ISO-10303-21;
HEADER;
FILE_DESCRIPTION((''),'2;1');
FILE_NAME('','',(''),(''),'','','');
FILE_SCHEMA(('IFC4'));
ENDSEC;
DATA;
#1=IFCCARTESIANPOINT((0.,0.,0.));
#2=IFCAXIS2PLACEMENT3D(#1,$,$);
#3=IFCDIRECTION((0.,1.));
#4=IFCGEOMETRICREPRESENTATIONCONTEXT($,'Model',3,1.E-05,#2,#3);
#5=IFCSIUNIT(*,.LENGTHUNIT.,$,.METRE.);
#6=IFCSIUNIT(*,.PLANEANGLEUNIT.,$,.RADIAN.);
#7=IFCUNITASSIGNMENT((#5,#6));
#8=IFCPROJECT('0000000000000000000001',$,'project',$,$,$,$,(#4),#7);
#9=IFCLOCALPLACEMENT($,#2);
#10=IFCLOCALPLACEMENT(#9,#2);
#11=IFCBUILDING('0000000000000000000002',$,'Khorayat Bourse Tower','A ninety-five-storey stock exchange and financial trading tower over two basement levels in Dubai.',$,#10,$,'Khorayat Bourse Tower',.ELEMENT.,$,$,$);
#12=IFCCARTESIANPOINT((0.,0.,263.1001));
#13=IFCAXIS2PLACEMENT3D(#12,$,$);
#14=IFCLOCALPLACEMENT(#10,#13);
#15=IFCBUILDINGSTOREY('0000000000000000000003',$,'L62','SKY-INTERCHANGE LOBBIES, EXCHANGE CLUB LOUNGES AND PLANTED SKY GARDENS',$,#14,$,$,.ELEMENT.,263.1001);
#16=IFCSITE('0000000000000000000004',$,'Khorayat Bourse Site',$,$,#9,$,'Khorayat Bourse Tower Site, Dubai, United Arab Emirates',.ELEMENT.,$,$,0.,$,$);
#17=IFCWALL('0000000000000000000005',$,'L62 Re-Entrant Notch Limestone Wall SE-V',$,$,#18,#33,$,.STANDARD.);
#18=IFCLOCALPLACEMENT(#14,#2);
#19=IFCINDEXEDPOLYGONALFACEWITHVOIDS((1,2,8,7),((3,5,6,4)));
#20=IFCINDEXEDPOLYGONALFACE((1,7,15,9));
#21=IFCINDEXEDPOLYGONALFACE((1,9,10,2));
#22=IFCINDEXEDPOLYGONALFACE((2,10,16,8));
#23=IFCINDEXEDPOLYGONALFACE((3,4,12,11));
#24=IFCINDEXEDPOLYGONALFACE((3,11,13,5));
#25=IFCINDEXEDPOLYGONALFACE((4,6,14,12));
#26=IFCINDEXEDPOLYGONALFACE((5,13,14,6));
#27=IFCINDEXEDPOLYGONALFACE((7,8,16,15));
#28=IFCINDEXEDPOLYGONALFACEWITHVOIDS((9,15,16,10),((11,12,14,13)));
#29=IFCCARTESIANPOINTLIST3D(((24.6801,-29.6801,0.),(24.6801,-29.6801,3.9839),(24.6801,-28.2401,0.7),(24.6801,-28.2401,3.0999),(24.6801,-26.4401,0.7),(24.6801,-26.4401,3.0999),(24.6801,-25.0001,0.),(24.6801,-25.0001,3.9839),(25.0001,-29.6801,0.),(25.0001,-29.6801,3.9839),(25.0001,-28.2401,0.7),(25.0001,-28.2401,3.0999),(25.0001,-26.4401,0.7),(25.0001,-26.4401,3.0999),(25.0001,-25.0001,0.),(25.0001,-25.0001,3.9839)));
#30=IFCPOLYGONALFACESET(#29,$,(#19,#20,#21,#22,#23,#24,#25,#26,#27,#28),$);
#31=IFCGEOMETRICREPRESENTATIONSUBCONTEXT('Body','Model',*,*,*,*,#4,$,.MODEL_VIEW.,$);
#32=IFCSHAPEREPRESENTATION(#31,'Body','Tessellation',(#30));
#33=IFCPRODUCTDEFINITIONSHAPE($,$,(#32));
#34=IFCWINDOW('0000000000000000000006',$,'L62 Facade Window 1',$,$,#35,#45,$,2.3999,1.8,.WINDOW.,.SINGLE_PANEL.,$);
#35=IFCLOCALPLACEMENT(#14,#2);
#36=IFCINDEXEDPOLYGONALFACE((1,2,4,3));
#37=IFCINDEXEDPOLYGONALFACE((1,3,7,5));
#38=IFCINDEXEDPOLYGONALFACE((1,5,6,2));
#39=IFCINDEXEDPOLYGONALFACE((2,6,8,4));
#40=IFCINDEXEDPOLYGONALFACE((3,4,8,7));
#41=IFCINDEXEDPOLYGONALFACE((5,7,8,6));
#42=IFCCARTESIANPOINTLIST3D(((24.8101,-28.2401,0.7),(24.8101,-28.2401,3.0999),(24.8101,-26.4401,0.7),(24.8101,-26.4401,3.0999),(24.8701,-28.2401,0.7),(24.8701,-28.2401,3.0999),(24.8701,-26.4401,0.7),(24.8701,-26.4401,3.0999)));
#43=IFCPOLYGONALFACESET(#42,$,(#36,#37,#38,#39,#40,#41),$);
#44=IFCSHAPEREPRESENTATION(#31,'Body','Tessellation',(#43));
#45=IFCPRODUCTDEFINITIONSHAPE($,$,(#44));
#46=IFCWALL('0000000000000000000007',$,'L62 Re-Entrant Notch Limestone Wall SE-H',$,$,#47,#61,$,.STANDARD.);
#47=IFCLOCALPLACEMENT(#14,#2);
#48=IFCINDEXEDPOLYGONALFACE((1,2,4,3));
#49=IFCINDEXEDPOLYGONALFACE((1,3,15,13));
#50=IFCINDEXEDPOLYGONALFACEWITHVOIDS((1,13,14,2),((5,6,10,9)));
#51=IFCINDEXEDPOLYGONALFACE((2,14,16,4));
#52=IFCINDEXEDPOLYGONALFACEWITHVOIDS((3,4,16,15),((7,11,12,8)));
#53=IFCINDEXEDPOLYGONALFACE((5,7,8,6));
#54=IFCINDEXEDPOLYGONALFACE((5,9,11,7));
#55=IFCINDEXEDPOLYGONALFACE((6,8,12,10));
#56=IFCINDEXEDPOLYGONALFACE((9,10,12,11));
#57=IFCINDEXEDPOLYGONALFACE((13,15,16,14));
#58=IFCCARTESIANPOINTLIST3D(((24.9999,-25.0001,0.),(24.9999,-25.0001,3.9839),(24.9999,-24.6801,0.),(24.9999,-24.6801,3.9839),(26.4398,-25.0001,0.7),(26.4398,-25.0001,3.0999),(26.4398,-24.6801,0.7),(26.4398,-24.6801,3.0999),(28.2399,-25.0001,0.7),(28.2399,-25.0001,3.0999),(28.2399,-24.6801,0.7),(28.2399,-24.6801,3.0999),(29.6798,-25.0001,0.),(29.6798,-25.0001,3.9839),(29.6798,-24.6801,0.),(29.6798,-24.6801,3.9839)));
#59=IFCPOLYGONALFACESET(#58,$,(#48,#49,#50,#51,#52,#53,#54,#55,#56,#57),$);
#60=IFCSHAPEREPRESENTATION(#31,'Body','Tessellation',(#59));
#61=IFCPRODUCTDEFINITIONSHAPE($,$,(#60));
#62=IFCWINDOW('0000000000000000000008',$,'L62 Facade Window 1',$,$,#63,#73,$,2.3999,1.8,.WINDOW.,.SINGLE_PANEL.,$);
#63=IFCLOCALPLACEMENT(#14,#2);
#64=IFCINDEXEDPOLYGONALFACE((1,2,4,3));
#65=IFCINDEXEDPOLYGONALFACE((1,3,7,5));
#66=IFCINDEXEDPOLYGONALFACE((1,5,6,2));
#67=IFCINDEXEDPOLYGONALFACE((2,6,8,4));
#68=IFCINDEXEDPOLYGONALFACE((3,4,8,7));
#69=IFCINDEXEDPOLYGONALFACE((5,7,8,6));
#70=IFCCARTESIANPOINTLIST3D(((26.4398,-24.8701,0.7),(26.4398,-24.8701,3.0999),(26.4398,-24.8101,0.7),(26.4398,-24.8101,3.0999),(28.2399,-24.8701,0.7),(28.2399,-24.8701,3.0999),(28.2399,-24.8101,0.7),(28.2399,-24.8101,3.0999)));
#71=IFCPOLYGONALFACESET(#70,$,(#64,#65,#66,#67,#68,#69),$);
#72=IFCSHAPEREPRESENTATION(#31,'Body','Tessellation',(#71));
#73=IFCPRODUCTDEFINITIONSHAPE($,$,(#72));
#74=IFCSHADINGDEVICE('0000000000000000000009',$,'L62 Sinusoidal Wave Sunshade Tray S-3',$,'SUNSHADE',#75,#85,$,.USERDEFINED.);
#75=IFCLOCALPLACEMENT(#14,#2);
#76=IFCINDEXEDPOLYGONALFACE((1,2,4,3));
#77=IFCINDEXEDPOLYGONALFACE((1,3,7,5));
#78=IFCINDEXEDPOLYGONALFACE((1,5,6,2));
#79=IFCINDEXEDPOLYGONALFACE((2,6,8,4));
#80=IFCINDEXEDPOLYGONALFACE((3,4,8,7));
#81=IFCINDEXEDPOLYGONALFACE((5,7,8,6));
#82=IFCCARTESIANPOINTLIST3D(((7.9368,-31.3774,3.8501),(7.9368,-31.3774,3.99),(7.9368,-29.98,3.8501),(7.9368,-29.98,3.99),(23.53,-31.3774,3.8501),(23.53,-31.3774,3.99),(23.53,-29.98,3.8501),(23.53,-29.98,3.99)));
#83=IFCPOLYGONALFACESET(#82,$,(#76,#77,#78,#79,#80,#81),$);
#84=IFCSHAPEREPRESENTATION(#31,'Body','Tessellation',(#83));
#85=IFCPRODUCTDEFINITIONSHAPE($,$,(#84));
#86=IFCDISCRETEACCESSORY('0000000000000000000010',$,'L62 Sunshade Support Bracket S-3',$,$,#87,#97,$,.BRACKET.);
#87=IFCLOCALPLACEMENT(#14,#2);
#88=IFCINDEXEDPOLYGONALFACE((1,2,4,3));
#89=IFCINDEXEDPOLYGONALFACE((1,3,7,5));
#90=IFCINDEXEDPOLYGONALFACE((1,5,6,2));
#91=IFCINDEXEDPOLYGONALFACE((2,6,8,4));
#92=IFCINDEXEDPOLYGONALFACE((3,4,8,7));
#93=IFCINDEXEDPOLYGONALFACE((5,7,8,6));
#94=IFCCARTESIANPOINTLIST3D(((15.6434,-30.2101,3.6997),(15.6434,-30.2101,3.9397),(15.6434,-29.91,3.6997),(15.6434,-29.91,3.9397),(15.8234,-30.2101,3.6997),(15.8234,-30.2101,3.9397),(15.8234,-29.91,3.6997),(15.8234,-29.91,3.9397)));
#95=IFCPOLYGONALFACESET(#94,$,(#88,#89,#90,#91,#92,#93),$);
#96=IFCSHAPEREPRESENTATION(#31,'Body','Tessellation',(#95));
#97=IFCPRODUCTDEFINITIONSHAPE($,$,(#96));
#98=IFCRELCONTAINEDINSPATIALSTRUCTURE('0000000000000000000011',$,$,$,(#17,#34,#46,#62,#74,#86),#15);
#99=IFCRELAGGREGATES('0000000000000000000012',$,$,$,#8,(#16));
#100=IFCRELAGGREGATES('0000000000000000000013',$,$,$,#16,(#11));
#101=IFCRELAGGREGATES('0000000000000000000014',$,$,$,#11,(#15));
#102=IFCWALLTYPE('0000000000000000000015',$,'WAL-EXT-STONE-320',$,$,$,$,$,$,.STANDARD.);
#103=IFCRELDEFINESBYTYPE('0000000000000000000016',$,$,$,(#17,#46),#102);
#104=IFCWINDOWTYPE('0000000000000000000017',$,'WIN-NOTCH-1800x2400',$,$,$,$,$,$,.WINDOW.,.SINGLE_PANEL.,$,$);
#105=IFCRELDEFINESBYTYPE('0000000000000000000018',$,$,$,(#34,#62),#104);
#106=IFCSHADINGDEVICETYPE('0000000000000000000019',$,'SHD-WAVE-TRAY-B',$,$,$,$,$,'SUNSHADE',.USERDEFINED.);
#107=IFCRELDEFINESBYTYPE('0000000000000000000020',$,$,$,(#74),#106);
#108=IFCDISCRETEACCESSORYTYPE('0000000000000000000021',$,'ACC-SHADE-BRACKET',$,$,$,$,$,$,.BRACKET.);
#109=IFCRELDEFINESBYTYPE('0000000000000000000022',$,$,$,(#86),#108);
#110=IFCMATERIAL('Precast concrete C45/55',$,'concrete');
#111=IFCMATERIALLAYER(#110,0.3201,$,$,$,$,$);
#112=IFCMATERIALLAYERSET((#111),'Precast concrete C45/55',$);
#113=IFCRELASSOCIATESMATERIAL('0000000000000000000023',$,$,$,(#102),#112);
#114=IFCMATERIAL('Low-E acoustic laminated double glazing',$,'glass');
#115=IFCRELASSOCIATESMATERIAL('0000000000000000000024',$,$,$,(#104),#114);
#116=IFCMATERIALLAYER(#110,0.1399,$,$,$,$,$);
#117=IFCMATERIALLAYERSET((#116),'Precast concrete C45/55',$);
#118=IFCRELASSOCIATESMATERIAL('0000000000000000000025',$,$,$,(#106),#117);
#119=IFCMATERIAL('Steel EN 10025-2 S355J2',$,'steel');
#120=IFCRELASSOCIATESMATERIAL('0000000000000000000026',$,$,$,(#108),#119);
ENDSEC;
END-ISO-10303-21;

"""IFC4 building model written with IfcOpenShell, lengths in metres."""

from ifc_helpers import new_model, si_unit, direction, frame, frame_2d, origin, origin_2d, place, context, subcontext, project, spatial, rectangle, extrude, source, transform, mapped, material, layer, layer_set, type_object, element, fill, save


model = new_model("IFC4")

# Units and contexts
model_context = context("Model", 3, precision=1e-05, world=origin(), true_north=direction((0.0, 1.0)))
body_context = subcontext(model_context, "Body", "Model", "MODEL_VIEW")
ifc_project = project(units=[si_unit("LENGTHUNIT", "METRE"), si_unit("PLANEANGLEUNIT", "RADIAN")], contexts=[model_context])

# Site, building, storey
site_placement = place(None, origin())
site = spatial("IfcSite", under=ifc_project, at=site_placement, Name="Khorayat Bourse Site", LongName="Khorayat Bourse Tower Site, Dubai, United Arab Emirates", CompositionType="ELEMENT", RefElevation=0.0)
building_placement = place(site_placement, origin())
building = spatial("IfcBuilding", under=site, at=building_placement, Name="Khorayat Bourse Tower", Description="A ninety-five-storey stock exchange and financial trading tower over two basement levels in Dubai.", LongName="Khorayat Bourse Tower", CompositionType="ELEMENT")
storey_placement = place(building_placement, frame((0.0, 0.0, 263.1001)))
storey = spatial("IfcBuildingStorey", under=building, at=storey_placement, Name="L62", Description="SKY-INTERCHANGE LOBBIES, EXCHANGE CLUB LOUNGES AND PLANTED SKY GARDENS", CompositionType="ELEMENT", Elevation=263.1001)

# Shared definitions
ifc_material_1 = material(Name="Steel EN 10025-2 S355J2", Category="steel")

# Walls, openings, windows
ifc_material_2 = material(Name="Precast concrete C45/55", Category="concrete")
ifc_layer_1 = layer(ifc_material_2, 0.3201)
ifc_layer_set_1 = layer_set([ifc_layer_1], Name="Precast concrete C45/55")
wall_type = type_object("IfcWallType", Name="WAL-EXT-STONE-320", PredefinedType="STANDARD", material=ifc_layer_set_1)
shared_shape_1 = source(origin(), body_context, "Body", "SweptSolid", [
    extrude(rectangle(XDim=4.6799, YDim=0.3201, at=frame_2d((2.3398, 0.0))), origin(), (0.0, 0.0, 1.0), 3.9839),
])
wall_1_placement = place(storey_placement, frame((24.8401, -29.6799, 0.0), z_axis=(0.0, 0.0, 1.0), x_axis=(0.0, 1.0, 0.0)))
wall_1 = element("IfcWall", 1, at=wall_1_placement, inside=storey, type_object=wall_type, Name="L62 Re-Entrant Notch Limestone Wall SE-V", PredefinedType="STANDARD", context=body_context, shape_type="MappedRepresentation", body=[
    mapped(shared_shape_1, transform((0.0, 0.0, 0.0), scale=1.0)),
])
shared_shape_2 = source(origin(), body_context, "Body", "SweptSolid", [
    extrude(rectangle(XDim=1.8, YDim=2.3999, at=frame_2d((0.8999, 1.2))), frame((0.0, 0.1699, 0.0), z_axis=(0.0, -1.0, 0.0), x_axis=(1.0, 0.0, 0.0)), (0.0, 0.0, 1.0), 0.3401),
])
opening_1_placement = place(wall_1_placement, frame((1.4399, 0.0, 0.7)))
opening_1 = element("IfcOpeningElement", 2, at=opening_1_placement, cuts=wall_1, PredefinedType="OPENING", context=body_context, shape_type="MappedRepresentation", body=[
    mapped(shared_shape_2, transform((0.0, 0.0, 0.0), scale=1.0)),
])
ifc_material_3 = material(Name="Low-E acoustic laminated double glazing", Category="glass")
window_type = type_object("IfcWindowType", Name="WIN-NOTCH-1800x2400", PartitioningType="SINGLE_PANEL", PredefinedType="WINDOW", material=ifc_material_3)
shared_shape_3 = source(origin(), body_context, "Body", "SweptSolid", [
    extrude(rectangle(XDim=1.8, YDim=2.3999, at=frame_2d((0.8999, 1.2))), frame((0.0, 0.03, 0.0), z_axis=(0.0, -1.0, 0.0), x_axis=(1.0, 0.0, 0.0)), (0.0, 0.0, 1.0), 0.0601),
])
window_1_placement = place(opening_1_placement, origin())
window_1 = element("IfcWindow", 3, at=window_1_placement, inside=storey, type_object=window_type, Name="L62 Facade Window 1", OverallHeight=2.3999, OverallWidth=1.8, PartitioningType="SINGLE_PANEL", PredefinedType="WINDOW", context=body_context, shape_type="MappedRepresentation", body=[
    mapped(shared_shape_3, transform((0.0, 0.0, 0.0), scale=1.0)),
])
fill(opening_1, window_1)
wall_2_placement = place(storey_placement, frame((25.0, -24.8401, 0.0), z_axis=(0.0, 0.0, 1.0), x_axis=(1.0, 0.0, 0.0)))
wall_2 = element("IfcWall", 4, at=wall_2_placement, inside=storey, type_object=wall_type, Name="L62 Re-Entrant Notch Limestone Wall SE-H", PredefinedType="STANDARD", context=body_context, shape_type="MappedRepresentation", body=[
    mapped(shared_shape_1, transform((0.0, 0.0, 0.0), scale=1.0)),
])
opening_2_placement = place(wall_2_placement, frame((1.4399, 0.0, 0.7)))
opening_2 = element("IfcOpeningElement", 5, at=opening_2_placement, cuts=wall_2, PredefinedType="OPENING", context=body_context, shape_type="MappedRepresentation", body=[
    mapped(shared_shape_2, transform((0.0, 0.0, 0.0), scale=1.0)),
])
window_2_placement = place(opening_2_placement, origin())
window_2 = element("IfcWindow", 6, at=window_2_placement, inside=storey, type_object=window_type, Name="L62 Facade Window 1", OverallHeight=2.3999, OverallWidth=1.8, PartitioningType="SINGLE_PANEL", PredefinedType="WINDOW", context=body_context, shape_type="MappedRepresentation", body=[
    mapped(shared_shape_3, transform((0.0, 0.0, 0.0), scale=1.0)),
])
fill(opening_2, window_2)

# Shading device
ifc_layer_2 = layer(ifc_material_2, 0.1399)
ifc_layer_set_2 = layer_set([ifc_layer_2], Name="Precast concrete C45/55")
shading_device_type = type_object("IfcShadingDeviceType", Name="SHD-WAVE-TRAY-B", ElementType="SUNSHADE", PredefinedType="USERDEFINED", material=ifc_layer_set_2)
shared_shape_4 = source(origin(), body_context, "Body", "SweptSolid", [
    extrude(rectangle(XDim=15.5933, YDim=1.3975, at=origin_2d()), origin(), (0.0, 0.0, 1.0), 0.1399),
])
shading_device_placement = place(storey_placement, frame((15.7334, -30.6787, 3.8501), z_axis=(0.0, 0.0, 1.0), x_axis=(1.0, 0.0, 0.0)))
element("IfcShadingDevice", 7, at=shading_device_placement, inside=storey, type_object=shading_device_type, Name="L62 Sinusoidal Wave Sunshade Tray S-3", ObjectType="SUNSHADE", PredefinedType="USERDEFINED", context=body_context, shape_type="MappedRepresentation", body=[
    mapped(shared_shape_4, transform((0.0, 0.0, 0.0), scale=1.0)),
])

# Discrete accessory
discrete_accessory_type = type_object("IfcDiscreteAccessoryType", Name="ACC-SHADE-BRACKET", PredefinedType="BRACKET", material=ifc_material_1)
shared_shape_5 = source(origin(), body_context, "Body", "SweptSolid", [
    extrude(rectangle(XDim=0.1799, YDim=0.3, at=origin_2d()), origin(), (0.0, 0.0, 1.0), 0.24),
])
discrete_accessory_placement = place(storey_placement, frame((15.7334, -30.0601, 3.6997), z_axis=(0.0, 0.0, 1.0), x_axis=(1.0, 0.0, 0.0)))
element("IfcDiscreteAccessory", 8, at=discrete_accessory_placement, inside=storey, type_object=discrete_accessory_type, Name="L62 Sunshade Support Bracket S-3", PredefinedType="BRACKET", context=body_context, shape_type="MappedRepresentation", body=[
    mapped(shared_shape_5, transform((0.0, 0.0, 0.0), scale=1.0)),
])

save(model, "model.ifc")
